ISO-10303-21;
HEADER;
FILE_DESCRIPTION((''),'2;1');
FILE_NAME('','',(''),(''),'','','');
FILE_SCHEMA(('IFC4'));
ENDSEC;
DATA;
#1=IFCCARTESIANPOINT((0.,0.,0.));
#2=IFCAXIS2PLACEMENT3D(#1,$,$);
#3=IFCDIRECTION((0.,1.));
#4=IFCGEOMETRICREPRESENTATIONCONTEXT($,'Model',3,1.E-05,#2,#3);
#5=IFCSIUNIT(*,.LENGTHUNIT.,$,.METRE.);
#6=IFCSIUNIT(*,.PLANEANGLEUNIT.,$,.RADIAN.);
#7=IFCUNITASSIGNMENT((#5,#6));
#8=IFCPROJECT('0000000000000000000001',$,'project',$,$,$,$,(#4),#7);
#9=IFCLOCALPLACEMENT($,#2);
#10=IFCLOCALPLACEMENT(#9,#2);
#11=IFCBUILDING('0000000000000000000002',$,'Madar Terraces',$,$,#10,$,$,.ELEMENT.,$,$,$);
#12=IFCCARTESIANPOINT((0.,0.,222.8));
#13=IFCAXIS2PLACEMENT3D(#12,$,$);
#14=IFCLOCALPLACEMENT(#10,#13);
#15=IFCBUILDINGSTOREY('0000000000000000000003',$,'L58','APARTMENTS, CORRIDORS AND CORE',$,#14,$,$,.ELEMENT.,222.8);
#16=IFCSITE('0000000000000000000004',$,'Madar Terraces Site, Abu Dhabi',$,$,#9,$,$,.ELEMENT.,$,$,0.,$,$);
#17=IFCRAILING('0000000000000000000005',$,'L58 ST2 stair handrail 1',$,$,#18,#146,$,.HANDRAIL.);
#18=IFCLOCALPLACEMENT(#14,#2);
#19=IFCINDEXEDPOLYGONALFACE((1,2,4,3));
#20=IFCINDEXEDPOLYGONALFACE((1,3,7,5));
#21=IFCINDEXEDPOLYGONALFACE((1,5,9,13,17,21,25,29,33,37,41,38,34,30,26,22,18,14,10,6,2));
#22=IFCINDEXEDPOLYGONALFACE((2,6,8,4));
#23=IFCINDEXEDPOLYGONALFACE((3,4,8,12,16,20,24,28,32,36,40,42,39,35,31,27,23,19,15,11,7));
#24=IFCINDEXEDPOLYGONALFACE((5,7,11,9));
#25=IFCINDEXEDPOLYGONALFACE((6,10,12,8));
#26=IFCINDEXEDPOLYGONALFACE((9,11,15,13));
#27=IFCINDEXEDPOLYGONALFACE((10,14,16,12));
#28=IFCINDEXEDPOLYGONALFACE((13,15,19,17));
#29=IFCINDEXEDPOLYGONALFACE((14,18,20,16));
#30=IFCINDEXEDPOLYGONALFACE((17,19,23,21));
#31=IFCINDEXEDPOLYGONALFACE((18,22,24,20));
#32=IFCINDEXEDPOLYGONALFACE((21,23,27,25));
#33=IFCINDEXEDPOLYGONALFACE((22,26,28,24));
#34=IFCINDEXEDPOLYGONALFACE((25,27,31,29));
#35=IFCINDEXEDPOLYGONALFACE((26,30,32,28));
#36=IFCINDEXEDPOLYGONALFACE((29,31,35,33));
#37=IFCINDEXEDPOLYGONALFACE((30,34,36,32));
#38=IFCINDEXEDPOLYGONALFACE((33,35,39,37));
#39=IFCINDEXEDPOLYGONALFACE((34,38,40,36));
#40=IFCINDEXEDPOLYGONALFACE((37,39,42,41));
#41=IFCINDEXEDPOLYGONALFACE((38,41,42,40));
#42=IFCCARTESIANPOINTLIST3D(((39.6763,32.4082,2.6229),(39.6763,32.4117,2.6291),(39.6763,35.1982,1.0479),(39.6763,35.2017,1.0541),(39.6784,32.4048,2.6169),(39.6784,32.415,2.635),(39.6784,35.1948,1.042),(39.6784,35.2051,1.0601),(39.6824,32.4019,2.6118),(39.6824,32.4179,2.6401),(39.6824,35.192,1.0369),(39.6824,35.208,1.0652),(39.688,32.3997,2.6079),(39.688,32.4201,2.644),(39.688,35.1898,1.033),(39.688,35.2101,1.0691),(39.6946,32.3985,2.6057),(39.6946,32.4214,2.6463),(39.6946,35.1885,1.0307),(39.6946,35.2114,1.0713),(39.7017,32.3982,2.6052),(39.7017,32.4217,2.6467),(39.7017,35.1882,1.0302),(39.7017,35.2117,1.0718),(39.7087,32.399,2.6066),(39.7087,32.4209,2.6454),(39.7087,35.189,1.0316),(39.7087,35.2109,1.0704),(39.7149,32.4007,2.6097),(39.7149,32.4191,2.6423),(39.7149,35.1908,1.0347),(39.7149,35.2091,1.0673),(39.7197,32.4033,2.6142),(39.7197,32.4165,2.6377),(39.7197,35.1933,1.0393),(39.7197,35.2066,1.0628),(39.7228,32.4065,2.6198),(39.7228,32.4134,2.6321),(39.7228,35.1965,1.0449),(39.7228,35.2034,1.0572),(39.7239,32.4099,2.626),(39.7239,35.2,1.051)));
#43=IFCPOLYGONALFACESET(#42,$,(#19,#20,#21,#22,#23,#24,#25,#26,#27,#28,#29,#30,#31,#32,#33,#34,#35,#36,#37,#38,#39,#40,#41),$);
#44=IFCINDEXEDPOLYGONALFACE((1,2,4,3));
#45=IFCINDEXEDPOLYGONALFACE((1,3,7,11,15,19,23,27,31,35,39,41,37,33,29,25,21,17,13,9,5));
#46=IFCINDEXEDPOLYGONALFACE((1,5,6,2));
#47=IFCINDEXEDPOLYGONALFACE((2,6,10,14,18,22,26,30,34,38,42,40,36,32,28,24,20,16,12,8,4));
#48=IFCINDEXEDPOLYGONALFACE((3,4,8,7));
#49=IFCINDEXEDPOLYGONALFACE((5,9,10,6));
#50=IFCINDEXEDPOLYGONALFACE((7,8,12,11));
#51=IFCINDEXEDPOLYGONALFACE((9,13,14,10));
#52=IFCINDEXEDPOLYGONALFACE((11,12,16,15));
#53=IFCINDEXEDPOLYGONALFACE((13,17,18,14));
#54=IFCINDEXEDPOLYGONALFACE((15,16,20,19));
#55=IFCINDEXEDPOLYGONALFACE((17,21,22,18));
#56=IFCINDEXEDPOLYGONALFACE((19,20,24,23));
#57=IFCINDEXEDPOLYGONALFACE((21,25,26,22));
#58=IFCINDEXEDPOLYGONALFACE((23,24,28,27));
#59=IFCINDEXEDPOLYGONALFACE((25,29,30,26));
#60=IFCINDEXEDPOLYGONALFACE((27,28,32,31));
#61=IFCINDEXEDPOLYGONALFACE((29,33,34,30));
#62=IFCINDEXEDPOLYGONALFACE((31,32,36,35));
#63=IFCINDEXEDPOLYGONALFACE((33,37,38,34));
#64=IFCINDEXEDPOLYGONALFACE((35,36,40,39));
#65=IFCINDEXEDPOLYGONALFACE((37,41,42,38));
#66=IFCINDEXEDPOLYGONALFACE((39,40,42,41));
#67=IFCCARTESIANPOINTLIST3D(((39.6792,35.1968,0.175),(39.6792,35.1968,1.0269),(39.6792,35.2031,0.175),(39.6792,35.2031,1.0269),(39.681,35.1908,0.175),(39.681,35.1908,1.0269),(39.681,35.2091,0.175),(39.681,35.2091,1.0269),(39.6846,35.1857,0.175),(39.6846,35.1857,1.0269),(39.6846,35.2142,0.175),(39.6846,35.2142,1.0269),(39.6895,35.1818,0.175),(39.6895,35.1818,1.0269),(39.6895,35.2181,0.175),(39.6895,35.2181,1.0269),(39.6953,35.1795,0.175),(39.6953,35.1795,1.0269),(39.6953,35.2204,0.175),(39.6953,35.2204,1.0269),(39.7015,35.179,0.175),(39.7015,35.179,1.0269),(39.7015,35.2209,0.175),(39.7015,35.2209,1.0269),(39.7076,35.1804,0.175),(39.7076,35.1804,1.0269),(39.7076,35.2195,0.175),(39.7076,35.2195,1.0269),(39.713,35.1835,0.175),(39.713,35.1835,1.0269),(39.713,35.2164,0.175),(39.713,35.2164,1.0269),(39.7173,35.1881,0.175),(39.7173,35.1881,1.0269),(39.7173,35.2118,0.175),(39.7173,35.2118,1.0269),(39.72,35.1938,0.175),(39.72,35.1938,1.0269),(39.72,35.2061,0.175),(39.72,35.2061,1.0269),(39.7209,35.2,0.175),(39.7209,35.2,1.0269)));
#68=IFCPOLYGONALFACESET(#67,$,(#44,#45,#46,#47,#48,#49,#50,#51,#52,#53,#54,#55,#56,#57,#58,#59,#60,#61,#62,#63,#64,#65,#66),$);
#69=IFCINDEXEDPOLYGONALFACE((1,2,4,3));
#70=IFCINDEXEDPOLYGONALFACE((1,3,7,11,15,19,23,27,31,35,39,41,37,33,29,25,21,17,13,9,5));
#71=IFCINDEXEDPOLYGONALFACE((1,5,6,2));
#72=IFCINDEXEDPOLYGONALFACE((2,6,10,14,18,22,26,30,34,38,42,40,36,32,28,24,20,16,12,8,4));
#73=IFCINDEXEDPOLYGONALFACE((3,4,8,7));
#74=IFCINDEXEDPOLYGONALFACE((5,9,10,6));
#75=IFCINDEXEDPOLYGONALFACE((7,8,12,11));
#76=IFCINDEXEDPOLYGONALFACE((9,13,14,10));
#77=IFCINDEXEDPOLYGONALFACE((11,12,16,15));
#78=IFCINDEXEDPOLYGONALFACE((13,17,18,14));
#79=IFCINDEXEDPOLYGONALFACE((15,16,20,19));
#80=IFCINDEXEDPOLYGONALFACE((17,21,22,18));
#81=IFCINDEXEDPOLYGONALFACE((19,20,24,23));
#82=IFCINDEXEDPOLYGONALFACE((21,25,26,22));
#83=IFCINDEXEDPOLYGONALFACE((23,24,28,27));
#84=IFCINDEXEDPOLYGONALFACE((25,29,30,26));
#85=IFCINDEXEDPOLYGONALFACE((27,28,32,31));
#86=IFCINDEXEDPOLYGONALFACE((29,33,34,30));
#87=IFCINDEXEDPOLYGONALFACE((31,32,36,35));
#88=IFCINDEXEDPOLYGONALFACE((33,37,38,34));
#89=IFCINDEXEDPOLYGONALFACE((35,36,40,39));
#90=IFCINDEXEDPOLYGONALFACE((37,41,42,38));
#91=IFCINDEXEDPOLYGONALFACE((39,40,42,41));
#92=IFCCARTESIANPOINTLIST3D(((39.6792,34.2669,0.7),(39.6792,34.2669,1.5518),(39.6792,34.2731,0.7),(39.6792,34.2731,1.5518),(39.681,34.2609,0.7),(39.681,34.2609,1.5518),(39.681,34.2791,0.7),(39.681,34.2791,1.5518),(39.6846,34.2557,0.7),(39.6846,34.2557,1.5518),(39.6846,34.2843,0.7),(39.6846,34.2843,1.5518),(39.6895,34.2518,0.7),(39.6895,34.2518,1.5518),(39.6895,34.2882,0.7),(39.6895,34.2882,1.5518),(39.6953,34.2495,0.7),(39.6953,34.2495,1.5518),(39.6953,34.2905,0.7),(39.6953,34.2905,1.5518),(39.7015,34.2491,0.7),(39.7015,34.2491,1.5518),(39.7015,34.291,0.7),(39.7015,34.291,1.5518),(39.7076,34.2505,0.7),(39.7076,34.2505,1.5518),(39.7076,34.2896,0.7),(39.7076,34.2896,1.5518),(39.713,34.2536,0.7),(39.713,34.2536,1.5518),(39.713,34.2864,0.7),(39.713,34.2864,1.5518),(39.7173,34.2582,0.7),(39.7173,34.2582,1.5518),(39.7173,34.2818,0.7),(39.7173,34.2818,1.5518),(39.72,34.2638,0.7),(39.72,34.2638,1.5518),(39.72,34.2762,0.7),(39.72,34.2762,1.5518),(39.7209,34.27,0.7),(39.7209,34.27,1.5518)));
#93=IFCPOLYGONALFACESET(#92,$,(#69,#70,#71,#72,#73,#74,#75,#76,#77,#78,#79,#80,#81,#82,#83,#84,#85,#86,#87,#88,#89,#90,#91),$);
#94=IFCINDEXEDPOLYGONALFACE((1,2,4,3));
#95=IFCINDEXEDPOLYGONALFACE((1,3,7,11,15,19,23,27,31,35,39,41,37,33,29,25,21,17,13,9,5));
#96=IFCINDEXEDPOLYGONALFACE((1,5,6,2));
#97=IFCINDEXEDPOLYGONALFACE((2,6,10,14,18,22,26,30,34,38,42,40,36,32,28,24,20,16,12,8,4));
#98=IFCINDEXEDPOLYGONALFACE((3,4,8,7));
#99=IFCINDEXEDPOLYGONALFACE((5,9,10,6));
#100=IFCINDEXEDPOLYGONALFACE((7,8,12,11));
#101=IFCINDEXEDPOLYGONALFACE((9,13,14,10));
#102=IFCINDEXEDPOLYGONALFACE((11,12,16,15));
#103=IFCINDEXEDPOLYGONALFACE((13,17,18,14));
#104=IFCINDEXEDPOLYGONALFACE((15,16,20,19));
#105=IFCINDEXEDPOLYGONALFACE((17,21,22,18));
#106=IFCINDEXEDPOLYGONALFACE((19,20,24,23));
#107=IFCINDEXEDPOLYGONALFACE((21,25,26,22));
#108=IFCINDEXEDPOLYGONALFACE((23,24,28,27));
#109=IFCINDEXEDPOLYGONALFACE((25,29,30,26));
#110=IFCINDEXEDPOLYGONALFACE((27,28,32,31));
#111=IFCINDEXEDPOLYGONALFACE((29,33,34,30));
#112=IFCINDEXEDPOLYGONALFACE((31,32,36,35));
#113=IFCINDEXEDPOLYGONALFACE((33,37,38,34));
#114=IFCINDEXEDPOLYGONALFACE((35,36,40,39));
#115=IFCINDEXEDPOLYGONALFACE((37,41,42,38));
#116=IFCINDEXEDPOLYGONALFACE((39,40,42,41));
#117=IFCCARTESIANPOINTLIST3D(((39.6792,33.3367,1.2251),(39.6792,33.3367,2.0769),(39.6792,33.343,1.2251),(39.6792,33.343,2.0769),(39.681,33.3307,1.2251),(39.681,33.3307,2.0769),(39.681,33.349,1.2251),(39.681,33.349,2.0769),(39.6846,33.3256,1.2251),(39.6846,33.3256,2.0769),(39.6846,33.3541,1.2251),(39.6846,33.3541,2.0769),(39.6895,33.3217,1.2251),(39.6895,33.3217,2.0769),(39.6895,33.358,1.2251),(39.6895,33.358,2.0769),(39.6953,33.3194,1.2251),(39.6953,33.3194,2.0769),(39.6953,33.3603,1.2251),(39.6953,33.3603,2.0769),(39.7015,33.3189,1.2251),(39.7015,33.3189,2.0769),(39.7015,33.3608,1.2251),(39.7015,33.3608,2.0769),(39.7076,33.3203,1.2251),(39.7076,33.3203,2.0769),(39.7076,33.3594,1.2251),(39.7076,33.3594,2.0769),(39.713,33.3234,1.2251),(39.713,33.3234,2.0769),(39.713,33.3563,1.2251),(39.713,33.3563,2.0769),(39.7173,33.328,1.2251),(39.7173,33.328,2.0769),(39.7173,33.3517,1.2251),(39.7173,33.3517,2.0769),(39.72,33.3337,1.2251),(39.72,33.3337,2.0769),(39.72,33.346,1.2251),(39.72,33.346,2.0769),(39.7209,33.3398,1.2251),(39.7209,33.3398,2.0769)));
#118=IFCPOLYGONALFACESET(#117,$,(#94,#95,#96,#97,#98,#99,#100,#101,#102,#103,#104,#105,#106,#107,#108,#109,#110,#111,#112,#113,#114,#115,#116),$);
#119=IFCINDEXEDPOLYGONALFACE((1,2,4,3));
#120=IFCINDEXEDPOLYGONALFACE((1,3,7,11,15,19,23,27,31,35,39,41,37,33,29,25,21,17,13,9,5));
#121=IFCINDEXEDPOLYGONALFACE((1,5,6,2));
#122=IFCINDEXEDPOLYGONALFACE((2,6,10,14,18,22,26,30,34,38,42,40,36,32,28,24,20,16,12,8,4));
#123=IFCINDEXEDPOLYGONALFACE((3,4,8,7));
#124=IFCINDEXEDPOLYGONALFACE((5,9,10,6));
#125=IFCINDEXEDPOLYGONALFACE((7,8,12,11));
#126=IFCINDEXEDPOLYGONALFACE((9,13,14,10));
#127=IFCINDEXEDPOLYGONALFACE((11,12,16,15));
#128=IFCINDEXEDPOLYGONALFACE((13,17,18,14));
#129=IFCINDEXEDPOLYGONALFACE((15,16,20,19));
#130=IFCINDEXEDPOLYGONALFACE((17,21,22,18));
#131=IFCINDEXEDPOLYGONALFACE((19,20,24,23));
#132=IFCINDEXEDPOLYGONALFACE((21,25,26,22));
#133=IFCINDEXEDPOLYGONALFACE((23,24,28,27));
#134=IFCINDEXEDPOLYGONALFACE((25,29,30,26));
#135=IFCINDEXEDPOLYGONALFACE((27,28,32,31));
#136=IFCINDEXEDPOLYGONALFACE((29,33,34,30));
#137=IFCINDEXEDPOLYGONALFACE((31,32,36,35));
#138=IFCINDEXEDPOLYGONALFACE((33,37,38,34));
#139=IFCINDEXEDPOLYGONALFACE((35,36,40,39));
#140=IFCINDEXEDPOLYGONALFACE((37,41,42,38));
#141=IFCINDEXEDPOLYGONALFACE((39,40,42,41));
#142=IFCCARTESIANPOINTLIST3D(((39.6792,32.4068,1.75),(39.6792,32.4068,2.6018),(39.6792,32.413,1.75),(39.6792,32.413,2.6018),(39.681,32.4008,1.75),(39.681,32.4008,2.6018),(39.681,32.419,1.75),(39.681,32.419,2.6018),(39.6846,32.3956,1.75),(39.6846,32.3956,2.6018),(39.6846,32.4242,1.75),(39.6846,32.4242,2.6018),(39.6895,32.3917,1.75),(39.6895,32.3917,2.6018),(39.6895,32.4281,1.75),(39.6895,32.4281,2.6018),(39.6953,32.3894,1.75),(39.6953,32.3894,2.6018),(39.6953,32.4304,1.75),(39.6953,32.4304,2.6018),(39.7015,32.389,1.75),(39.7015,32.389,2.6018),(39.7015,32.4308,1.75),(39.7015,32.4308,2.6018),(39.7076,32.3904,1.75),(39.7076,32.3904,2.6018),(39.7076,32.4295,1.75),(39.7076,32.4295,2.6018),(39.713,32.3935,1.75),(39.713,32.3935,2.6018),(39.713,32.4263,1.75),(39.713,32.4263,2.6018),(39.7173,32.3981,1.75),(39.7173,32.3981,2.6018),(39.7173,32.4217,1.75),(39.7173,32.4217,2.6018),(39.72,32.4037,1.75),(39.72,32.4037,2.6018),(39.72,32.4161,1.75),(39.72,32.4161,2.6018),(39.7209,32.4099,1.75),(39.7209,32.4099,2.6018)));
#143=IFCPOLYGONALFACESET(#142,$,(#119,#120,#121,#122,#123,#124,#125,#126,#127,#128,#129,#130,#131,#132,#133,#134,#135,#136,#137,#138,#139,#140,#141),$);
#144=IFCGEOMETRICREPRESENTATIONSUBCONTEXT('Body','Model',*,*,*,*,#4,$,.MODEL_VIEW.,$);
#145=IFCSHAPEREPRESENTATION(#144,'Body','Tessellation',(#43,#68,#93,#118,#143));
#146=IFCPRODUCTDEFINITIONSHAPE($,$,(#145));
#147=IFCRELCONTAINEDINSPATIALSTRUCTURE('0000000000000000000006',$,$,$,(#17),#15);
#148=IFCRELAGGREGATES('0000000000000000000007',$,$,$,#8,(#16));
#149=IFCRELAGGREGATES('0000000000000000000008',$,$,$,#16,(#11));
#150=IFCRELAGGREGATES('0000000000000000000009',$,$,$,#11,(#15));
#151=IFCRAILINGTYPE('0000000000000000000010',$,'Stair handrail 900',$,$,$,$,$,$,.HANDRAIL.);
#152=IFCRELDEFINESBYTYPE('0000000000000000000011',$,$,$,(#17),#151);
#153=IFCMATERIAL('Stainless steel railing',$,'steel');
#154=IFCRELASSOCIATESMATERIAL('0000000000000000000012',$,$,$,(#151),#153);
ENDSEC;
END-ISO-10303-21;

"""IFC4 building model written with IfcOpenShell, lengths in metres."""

from ifc_helpers import new_model, si_unit, direction, frame, origin, origin_2d, place, context, subcontext, project, spatial, circle, extrude, material, type_object, element, save


model = new_model("IFC4")

# Units and contexts
model_context = context("Model", 3, precision=1e-05, world=origin(), true_north=direction((0.0, 1.0)))
body_context = subcontext(model_context, "Body", "Model", "MODEL_VIEW")
ifc_project = project(units=[si_unit("LENGTHUNIT", "METRE"), si_unit("PLANEANGLEUNIT", "RADIAN")], contexts=[model_context])

# Site, building, storey
site_placement = place(None, origin())
site = spatial("IfcSite", under=ifc_project, at=site_placement, Name="Madar Terraces Site, Abu Dhabi", CompositionType="ELEMENT", RefElevation=0.0)
building_placement = place(site_placement, origin())
building = spatial("IfcBuilding", under=site, at=building_placement, Name="Madar Terraces", CompositionType="ELEMENT")
storey_placement = place(building_placement, frame((0.0, 0.0, 222.8)))
storey = spatial("IfcBuildingStorey", under=building, at=storey_placement, Name="L58", Description="APARTMENTS, CORRIDORS AND CORE", CompositionType="ELEMENT", Elevation=222.8)

# Railing
ifc_material_1 = material(Name="Stainless steel railing", Category="steel")
railing_type_1 = type_object("IfcRailingType", Name="Stair handrail 900", PredefinedType="HANDRAIL", material=ifc_material_1)
railing_1_placement = place(storey_placement, frame((39.7, 35.2, 0.175)))
element("IfcRailing", 1, at=railing_1_placement, inside=storey, type_object=railing_type_1, Name="L58 ST2 stair handrail 1", PredefinedType="HANDRAIL", context=body_context, shape_type="SweptSolid", body=[
    extrude(circle(Radius=0.0239, at=origin_2d()), frame((0.0, 0.0, 0.876), z_axis=(0.0, -0.870834, 0.491578), x_axis=(1.0, 0.0, 0.0)), (0.0, 0.0, 1.0), 3.2039),
    extrude(circle(Radius=0.021, at=origin_2d()), origin(), (0.0, 0.0, 1.0), 0.8518),
    extrude(circle(Radius=0.021, at=origin_2d()), frame((0.0, -0.9299, 0.5249)), (0.0, 0.0, 1.0), 0.8518),
    extrude(circle(Radius=0.021, at=origin_2d()), frame((0.0, -1.8601, 1.05)), (0.0, 0.0, 1.0), 0.8518),
    extrude(circle(Radius=0.021, at=origin_2d()), frame((0.0, -2.79, 1.575)), (0.0, 0.0, 1.0), 0.8518),
])

save(model, "model.ifc")
